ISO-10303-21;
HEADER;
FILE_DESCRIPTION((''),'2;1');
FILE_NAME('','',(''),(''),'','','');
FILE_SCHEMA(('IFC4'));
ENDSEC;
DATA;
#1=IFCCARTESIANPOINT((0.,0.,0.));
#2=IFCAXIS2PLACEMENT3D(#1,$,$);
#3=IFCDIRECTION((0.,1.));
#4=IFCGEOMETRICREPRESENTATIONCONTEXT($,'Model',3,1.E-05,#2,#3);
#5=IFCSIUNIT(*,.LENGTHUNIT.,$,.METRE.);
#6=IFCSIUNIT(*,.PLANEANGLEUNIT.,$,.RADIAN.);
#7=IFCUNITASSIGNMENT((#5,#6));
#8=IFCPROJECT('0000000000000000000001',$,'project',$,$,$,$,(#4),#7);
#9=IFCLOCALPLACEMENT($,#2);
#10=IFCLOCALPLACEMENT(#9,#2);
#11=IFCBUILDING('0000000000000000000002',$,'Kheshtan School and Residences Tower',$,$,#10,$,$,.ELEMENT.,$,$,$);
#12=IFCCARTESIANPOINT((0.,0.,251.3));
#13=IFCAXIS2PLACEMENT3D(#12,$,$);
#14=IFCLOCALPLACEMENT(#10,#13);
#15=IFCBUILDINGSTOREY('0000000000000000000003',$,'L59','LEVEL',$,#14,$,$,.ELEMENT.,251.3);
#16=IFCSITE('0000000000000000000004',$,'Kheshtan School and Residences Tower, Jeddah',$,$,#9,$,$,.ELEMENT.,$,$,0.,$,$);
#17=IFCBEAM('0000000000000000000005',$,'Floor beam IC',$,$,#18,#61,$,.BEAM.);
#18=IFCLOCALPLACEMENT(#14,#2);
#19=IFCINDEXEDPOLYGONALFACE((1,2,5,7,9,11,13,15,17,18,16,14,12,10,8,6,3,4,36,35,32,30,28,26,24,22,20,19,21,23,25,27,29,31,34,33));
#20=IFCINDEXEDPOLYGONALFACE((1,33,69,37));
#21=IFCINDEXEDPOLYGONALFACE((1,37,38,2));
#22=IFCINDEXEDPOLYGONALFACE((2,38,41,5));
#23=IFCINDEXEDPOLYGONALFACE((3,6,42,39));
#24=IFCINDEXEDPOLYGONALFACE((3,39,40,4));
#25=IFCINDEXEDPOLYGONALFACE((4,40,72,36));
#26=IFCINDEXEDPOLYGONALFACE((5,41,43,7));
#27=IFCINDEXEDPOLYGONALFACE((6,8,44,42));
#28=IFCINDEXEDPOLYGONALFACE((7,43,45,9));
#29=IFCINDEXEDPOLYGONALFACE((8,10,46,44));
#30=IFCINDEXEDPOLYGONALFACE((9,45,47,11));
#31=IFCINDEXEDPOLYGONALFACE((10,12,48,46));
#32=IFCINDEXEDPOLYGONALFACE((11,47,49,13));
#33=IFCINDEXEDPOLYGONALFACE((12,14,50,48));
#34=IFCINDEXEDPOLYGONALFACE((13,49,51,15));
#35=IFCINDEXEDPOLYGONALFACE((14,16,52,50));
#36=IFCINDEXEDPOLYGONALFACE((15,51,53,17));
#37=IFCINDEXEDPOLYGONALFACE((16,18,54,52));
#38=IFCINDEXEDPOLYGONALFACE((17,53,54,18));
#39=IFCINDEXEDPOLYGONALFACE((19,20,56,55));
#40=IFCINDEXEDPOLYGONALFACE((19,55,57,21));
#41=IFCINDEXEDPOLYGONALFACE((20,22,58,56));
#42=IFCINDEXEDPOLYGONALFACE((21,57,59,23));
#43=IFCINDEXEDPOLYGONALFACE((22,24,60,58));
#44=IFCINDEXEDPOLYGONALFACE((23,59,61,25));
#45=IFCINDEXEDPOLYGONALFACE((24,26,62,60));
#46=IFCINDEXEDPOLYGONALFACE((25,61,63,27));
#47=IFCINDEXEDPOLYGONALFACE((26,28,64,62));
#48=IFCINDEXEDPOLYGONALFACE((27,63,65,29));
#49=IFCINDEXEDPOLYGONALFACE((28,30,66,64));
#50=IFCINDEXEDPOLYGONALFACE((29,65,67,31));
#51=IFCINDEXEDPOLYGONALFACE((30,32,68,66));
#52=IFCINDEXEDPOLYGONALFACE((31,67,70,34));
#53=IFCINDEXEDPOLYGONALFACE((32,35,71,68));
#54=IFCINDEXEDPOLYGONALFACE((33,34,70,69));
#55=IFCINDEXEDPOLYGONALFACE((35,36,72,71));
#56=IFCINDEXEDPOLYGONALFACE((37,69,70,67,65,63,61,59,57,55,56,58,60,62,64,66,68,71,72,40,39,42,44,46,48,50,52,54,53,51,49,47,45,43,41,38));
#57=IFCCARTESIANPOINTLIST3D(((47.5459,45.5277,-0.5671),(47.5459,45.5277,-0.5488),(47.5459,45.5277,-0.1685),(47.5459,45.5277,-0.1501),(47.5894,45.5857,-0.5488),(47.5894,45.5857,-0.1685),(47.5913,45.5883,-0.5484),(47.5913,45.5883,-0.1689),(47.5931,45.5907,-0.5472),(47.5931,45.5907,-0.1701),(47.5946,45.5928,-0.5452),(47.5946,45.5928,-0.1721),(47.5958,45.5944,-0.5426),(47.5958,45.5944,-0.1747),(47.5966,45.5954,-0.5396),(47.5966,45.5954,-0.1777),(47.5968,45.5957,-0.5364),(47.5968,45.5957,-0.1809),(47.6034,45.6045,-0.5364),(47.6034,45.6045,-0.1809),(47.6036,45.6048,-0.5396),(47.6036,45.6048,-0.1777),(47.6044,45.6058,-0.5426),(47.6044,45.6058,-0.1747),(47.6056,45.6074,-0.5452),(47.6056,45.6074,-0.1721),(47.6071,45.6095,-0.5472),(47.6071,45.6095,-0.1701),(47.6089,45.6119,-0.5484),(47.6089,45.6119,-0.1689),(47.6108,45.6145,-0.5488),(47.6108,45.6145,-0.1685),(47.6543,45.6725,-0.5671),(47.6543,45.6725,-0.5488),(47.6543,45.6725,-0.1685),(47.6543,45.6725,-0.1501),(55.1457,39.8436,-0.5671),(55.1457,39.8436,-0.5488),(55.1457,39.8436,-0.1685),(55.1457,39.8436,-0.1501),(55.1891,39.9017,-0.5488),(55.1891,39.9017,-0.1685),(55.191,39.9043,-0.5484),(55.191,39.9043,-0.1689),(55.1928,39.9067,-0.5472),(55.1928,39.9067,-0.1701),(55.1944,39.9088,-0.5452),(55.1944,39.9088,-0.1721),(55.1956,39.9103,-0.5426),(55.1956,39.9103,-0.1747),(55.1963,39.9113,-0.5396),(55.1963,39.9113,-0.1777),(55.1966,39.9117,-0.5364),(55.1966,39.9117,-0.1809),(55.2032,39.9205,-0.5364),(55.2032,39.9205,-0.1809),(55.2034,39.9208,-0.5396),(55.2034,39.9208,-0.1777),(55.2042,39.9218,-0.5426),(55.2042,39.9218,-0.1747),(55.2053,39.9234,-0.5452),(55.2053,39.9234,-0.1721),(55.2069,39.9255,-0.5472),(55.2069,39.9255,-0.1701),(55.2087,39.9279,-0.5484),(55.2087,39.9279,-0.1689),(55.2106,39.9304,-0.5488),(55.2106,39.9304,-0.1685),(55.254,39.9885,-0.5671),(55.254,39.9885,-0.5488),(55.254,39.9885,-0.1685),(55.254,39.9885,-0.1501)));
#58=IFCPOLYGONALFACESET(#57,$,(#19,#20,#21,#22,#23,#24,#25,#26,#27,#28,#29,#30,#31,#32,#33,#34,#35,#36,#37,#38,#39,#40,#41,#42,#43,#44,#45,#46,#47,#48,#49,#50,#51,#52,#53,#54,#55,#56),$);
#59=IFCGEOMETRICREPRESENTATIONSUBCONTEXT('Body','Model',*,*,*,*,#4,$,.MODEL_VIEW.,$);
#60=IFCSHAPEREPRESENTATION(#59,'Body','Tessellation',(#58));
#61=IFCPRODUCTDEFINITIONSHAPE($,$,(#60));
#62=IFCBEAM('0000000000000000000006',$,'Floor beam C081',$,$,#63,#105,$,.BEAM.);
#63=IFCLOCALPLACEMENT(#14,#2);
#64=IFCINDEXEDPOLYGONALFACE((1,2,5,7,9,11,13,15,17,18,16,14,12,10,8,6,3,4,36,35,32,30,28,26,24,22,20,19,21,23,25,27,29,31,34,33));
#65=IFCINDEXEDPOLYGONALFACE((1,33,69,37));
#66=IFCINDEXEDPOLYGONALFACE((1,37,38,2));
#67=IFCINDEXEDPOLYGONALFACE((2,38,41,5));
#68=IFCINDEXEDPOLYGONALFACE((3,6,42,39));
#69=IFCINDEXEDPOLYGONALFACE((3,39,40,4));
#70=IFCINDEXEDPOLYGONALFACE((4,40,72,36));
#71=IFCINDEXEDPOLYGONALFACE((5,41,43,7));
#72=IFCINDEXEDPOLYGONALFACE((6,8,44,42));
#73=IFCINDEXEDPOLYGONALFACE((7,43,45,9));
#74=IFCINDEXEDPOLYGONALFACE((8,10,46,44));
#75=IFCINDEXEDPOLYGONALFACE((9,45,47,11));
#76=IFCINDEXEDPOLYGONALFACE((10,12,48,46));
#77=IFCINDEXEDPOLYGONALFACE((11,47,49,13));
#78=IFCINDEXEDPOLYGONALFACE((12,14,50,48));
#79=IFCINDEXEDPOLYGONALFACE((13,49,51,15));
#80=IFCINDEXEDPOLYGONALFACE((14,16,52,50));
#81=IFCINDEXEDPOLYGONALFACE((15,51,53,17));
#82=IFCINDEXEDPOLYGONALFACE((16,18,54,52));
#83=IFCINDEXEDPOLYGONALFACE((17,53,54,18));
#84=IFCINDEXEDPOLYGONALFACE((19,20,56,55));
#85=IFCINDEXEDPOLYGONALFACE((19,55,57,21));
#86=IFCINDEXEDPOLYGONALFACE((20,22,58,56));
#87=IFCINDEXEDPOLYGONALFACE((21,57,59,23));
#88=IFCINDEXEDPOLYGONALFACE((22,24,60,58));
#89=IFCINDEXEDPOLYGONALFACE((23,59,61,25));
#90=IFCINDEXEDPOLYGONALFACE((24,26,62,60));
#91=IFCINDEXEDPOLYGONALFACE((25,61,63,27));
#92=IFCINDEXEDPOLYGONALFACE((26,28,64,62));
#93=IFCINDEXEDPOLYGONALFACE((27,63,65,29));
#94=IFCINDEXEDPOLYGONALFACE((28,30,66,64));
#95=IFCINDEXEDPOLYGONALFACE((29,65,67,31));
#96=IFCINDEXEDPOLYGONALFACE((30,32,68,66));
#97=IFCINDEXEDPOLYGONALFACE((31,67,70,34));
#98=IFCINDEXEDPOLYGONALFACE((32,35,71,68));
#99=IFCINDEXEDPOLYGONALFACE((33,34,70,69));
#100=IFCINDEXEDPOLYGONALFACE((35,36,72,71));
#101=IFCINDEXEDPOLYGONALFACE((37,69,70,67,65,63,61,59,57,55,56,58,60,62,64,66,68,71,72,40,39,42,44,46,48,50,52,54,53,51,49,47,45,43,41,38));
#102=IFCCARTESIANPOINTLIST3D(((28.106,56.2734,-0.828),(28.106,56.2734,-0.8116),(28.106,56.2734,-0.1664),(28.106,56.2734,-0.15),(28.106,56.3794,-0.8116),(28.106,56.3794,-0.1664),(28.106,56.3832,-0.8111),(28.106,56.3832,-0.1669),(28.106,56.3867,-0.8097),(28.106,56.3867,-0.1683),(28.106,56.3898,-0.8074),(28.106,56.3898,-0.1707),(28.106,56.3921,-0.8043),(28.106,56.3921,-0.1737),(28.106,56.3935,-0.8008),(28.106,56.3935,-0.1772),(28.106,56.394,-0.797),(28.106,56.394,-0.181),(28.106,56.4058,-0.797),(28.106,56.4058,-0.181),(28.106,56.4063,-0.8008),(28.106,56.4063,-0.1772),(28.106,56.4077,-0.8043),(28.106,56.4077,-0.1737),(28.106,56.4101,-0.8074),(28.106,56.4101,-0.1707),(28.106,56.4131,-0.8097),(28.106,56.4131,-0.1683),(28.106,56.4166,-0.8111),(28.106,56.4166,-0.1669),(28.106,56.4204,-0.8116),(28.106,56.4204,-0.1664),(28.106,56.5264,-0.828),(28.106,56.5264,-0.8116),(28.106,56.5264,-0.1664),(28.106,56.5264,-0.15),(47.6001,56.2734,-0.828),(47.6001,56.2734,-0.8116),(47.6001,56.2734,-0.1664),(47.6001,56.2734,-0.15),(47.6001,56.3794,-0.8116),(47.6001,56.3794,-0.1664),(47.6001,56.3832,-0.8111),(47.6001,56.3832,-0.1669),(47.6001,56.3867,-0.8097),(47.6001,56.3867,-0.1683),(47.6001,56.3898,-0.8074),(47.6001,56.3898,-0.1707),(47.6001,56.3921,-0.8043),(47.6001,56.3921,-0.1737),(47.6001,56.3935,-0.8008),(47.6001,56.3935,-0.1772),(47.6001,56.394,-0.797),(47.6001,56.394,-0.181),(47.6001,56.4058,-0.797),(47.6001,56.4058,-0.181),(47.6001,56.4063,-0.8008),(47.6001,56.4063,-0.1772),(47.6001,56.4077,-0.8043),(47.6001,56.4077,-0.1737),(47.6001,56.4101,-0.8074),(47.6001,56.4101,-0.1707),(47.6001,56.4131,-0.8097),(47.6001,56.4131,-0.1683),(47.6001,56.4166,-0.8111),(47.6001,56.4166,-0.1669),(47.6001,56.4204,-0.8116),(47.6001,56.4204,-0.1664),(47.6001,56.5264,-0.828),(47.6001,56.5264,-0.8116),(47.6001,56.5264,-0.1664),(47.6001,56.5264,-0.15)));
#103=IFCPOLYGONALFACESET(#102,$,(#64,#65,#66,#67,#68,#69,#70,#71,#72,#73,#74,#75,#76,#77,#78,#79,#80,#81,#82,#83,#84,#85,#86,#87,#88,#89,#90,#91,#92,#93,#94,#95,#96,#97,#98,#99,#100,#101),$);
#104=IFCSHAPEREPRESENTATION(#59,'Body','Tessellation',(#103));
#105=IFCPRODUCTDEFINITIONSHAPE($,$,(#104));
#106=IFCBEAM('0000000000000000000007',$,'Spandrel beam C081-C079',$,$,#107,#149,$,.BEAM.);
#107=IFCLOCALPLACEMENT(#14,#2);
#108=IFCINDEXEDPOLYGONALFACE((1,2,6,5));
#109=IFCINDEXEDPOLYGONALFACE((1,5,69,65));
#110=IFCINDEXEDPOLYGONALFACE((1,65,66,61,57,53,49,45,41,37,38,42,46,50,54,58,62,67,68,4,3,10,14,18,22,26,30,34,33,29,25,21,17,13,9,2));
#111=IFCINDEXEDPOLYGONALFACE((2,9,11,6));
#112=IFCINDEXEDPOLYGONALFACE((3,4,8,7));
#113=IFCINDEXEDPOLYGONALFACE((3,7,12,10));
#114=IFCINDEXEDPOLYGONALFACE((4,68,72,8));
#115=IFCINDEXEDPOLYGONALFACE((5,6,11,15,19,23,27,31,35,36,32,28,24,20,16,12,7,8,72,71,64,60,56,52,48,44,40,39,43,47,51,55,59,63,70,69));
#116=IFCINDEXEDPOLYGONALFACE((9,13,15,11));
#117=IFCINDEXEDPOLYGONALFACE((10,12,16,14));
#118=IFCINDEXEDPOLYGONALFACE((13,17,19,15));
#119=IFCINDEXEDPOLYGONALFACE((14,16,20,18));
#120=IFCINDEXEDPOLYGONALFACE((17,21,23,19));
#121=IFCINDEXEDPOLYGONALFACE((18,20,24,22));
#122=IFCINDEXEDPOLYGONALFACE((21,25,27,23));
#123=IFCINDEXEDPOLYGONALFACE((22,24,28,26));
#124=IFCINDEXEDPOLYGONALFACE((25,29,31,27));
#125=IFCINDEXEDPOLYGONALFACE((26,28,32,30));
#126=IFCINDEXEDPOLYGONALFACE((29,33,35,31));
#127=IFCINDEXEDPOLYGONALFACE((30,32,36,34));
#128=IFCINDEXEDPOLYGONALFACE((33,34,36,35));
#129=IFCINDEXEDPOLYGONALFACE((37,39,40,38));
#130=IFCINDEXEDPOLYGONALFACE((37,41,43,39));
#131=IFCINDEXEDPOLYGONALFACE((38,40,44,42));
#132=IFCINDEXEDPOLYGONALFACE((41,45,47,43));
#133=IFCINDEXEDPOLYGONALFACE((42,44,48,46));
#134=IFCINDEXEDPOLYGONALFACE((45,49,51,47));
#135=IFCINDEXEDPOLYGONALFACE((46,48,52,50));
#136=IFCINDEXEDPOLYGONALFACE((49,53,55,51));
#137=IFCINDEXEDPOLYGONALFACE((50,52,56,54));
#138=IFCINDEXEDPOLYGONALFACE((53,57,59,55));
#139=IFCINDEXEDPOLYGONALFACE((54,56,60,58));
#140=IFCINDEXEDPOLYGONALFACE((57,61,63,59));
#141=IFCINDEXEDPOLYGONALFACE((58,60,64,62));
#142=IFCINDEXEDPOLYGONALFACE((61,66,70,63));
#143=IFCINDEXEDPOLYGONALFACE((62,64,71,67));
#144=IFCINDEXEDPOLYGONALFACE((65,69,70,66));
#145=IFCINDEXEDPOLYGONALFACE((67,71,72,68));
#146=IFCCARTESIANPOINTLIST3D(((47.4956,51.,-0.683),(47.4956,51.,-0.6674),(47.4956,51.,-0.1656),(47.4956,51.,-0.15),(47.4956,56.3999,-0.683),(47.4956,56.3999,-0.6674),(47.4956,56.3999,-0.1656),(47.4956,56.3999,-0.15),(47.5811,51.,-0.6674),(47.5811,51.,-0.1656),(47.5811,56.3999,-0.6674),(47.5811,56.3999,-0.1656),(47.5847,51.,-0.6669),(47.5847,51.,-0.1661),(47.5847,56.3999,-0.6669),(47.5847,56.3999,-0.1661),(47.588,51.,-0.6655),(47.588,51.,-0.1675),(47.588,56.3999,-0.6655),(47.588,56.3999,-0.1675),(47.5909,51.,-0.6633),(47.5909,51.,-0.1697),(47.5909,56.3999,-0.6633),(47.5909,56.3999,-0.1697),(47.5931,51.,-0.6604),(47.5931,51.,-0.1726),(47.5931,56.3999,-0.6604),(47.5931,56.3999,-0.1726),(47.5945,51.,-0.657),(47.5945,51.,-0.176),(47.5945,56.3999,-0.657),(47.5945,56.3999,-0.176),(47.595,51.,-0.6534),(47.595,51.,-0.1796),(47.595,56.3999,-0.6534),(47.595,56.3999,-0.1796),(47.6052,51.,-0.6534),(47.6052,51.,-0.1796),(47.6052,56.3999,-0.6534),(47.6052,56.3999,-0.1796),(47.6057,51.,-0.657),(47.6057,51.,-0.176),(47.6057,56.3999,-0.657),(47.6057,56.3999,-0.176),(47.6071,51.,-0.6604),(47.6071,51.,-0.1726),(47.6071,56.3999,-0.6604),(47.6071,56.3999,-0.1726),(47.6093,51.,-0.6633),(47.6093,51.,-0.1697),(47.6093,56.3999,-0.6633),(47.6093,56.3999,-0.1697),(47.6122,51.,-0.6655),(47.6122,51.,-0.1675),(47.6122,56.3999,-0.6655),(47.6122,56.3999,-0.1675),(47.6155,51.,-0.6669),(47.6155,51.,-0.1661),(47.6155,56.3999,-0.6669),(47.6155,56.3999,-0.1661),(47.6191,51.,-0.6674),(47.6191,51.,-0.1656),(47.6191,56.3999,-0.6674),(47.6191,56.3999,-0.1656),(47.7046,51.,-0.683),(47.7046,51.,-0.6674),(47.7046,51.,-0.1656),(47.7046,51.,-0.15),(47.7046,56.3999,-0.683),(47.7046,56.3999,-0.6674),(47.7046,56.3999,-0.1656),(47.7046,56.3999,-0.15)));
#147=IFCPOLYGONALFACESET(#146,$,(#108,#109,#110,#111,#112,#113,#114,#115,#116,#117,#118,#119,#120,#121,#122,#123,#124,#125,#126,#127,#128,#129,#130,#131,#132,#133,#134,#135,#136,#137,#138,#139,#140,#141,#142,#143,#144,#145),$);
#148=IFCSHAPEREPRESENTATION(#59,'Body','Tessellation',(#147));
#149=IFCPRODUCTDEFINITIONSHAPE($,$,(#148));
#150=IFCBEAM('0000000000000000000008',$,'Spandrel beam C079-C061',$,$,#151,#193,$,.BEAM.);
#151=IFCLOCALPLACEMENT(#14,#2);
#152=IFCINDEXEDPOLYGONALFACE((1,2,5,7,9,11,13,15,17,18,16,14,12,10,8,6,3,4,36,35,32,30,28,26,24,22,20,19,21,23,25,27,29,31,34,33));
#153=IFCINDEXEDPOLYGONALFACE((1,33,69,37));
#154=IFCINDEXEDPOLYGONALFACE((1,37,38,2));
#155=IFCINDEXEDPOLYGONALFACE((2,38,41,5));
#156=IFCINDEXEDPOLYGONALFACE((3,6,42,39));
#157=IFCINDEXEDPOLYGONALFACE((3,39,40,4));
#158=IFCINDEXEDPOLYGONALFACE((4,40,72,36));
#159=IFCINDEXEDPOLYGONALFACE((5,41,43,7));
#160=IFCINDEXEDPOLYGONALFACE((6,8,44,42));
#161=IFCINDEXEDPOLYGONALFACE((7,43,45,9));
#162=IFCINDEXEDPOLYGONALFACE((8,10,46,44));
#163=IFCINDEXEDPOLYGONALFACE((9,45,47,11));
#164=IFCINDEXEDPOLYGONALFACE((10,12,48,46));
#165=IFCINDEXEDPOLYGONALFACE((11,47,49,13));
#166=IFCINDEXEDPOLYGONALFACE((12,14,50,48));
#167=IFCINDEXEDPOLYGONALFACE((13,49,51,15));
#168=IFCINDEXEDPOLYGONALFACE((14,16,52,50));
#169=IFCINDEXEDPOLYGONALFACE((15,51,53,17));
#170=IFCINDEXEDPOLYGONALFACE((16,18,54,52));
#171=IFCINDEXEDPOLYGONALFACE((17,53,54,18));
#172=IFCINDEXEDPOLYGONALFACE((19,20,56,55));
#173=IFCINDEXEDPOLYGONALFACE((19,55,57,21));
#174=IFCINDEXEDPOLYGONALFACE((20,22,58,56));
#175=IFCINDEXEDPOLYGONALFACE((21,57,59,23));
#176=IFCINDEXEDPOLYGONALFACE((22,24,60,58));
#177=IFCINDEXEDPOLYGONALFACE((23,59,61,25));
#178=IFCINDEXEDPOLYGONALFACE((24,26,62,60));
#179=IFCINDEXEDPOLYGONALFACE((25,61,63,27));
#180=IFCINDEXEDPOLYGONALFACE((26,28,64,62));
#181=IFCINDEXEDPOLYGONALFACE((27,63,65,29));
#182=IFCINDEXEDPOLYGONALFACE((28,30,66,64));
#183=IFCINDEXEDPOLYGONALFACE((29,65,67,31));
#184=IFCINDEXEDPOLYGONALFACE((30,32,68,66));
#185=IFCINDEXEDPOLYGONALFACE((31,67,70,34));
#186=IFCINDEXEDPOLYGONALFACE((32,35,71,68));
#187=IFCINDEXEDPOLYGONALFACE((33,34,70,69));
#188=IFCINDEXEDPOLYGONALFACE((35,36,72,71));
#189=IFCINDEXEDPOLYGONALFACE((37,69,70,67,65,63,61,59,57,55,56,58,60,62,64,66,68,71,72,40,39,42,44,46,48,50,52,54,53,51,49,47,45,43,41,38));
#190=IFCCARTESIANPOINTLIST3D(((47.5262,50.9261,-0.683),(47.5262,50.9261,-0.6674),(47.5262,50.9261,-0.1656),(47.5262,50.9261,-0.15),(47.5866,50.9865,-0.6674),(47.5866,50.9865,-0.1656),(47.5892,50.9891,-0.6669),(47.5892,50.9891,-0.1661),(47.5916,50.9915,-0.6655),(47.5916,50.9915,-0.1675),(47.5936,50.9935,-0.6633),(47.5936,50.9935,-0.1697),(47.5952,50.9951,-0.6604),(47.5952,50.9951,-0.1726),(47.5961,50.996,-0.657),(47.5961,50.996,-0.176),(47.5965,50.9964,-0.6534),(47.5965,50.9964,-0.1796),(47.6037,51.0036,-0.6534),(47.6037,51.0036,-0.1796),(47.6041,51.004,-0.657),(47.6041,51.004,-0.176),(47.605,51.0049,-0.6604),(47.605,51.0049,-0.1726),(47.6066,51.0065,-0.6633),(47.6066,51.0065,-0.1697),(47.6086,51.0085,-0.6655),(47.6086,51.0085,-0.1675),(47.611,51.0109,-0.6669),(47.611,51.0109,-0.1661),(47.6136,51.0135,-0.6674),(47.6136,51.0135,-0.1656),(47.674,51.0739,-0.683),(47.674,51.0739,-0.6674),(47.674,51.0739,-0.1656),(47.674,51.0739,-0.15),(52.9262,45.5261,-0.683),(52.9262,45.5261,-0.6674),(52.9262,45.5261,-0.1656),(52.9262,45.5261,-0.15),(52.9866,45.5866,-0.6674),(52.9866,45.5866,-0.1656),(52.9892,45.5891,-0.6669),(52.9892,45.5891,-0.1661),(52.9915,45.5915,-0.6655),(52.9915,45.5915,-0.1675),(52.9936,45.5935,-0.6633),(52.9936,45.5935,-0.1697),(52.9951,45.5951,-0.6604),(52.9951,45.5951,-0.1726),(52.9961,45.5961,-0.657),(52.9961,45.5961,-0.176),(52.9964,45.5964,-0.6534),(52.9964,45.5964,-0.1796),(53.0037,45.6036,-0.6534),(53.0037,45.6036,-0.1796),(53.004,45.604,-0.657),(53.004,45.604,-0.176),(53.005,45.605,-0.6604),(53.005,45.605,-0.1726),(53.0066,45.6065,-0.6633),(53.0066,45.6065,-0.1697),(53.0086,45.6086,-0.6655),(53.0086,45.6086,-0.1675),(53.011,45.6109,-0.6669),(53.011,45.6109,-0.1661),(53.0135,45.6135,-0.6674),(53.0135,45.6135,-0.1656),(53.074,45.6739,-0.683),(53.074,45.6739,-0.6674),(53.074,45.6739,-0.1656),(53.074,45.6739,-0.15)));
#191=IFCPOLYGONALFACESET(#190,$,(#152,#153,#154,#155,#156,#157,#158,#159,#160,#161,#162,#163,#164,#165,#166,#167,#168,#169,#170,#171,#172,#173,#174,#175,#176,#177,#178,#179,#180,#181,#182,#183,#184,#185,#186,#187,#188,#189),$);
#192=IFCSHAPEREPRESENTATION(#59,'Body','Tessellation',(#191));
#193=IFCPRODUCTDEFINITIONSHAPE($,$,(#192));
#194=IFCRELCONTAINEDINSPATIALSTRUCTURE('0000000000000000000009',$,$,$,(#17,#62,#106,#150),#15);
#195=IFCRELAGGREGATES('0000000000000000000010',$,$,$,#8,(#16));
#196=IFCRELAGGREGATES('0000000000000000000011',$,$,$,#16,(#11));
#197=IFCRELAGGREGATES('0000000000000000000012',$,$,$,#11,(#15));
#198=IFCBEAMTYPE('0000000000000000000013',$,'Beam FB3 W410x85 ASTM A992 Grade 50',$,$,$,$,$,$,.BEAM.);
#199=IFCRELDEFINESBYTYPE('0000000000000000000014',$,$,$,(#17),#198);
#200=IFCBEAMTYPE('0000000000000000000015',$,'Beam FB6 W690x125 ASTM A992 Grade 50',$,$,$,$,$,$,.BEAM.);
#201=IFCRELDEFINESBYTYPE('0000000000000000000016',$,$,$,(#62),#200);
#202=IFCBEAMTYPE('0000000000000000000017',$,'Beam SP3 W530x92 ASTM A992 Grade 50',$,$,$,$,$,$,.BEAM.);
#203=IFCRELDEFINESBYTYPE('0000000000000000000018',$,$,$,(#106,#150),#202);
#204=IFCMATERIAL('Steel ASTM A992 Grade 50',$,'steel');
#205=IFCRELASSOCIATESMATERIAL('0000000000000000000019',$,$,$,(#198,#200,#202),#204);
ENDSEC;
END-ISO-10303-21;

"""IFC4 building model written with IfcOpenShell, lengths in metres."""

from ifc_helpers import new_model, si_unit, direction, frame, origin, origin_2d, place, context, subcontext, project, spatial, i_section, extrude, material, material_profile, profile_set, type_object, element, save


model = new_model("IFC4")

# Units and contexts
model_context = context("Model", 3, precision=1e-05, world=origin(), true_north=direction((0.0, 1.0)))
body_context = subcontext(model_context, "Body", "Model", "MODEL_VIEW")
ifc_project = project(units=[si_unit("LENGTHUNIT", "METRE"), si_unit("PLANEANGLEUNIT", "RADIAN")], contexts=[model_context])

# Site, building, storey
site_placement = place(None, origin())
site = spatial("IfcSite", under=ifc_project, at=site_placement, Name="Kheshtan School and Residences Tower, Jeddah", CompositionType="ELEMENT", RefElevation=0.0)
building_placement = place(site_placement, origin())
building = spatial("IfcBuilding", under=site, at=building_placement, Name="Kheshtan School and Residences Tower", CompositionType="ELEMENT")
storey_placement = place(building_placement, frame((0.0, 0.0, 251.3)))
storey = spatial("IfcBuildingStorey", under=building, at=storey_placement, Name="L59", Description="LEVEL", CompositionType="ELEMENT", Elevation=251.3)

# Shared definitions
ifc_material_1 = material(Name="Steel ASTM A992 Grade 50", Category="steel")

# Beams
ifc_material_profile_1 = material_profile(ifc_material_1, i_section(OverallWidth=0.1809, OverallDepth=0.417, WebThickness=0.011, FlangeThickness=0.0183, FilletRadius=0.0125, at=origin_2d()), Name="W410x85")
ifc_profile_set_1 = profile_set([ifc_material_profile_1], Name="Steel ASTM A992 Grade 50")
beam_type_1 = type_object("IfcBeamType", Name="Beam FB3 W410x85 ASTM A992 Grade 50", PredefinedType="BEAM", material=ifc_profile_set_1)
beam_1_placement = place(storey_placement, frame((47.6001, 45.6001, -0.3586), z_axis=(0.800799, -0.598933, 0.0), x_axis=(0.598933, 0.800799, 0.0)))
element("IfcBeam", 1, at=beam_1_placement, inside=storey, type_object=beam_type_1, Name="Floor beam IC", PredefinedType="BEAM", context=body_context, shape_type="SweptSolid", body=[
    extrude(i_section(OverallWidth=0.1809, OverallDepth=0.417, WebThickness=0.011, FlangeThickness=0.0183, FilletRadius=0.0125, at=origin_2d()), origin(), (0.0, 0.0, 1.0), 9.4902),
])
ifc_material_profile_2 = material_profile(ifc_material_1, i_section(OverallWidth=0.2529, OverallDepth=0.678, WebThickness=0.0117, FlangeThickness=0.0164, FilletRadius=0.0146, at=origin_2d()), Name="W690x125")
ifc_profile_set_2 = profile_set([ifc_material_profile_2], Name="Steel ASTM A992 Grade 50")
beam_type_2 = type_object("IfcBeamType", Name="Beam FB6 W690x125 ASTM A992 Grade 50", PredefinedType="BEAM", material=ifc_profile_set_2)
beam_2_placement = place(storey_placement, frame((47.6001, 56.3999, -0.489), z_axis=(-1.0, 0.0, 0.0), x_axis=(0.0, -1.0, 0.0)))
element("IfcBeam", 2, at=beam_2_placement, inside=storey, type_object=beam_type_2, Name="Floor beam C081", PredefinedType="BEAM", context=body_context, shape_type="SweptSolid", body=[
    extrude(i_section(OverallWidth=0.2529, OverallDepth=0.678, WebThickness=0.0117, FlangeThickness=0.0164, FilletRadius=0.0146, at=origin_2d()), origin(), (0.0, 0.0, 1.0), 19.4941),
])
ifc_material_profile_3 = material_profile(ifc_material_1, i_section(OverallWidth=0.209, OverallDepth=0.533, WebThickness=0.0103, FlangeThickness=0.0156, FilletRadius=0.0139, at=origin_2d()), Name="W530x92")
ifc_profile_set_3 = profile_set([ifc_material_profile_3], Name="Steel ASTM A992 Grade 50")
beam_type_3 = type_object("IfcBeamType", Name="Beam SP3 W530x92 ASTM A992 Grade 50", PredefinedType="BEAM", material=ifc_profile_set_3)
beam_3_placement = place(storey_placement, frame((47.6001, 56.3999, -0.4165), z_axis=(0.0, -1.0, 0.0), x_axis=(1.0, 0.0, 0.0)))
element("IfcBeam", 3, at=beam_3_placement, inside=storey, type_object=beam_type_3, Name="Spandrel beam C081-C079", PredefinedType="BEAM", context=body_context, shape_type="SweptSolid", body=[
    extrude(i_section(OverallWidth=0.209, OverallDepth=0.533, WebThickness=0.0103, FlangeThickness=0.0156, FilletRadius=0.0139, at=origin_2d()), origin(), (0.0, 0.0, 1.0), 5.3999),
])
beam_4_placement = place(storey_placement, frame((47.6001, 51.0, -0.4165), z_axis=(0.707107, -0.707107, 0.0), x_axis=(0.707107, 0.707107, 0.0)))
element("IfcBeam", 4, at=beam_4_placement, inside=storey, type_object=beam_type_3, Name="Spandrel beam C079-C061", PredefinedType="BEAM", context=body_context, shape_type="SweptSolid", body=[
    extrude(i_section(OverallWidth=0.209, OverallDepth=0.533, WebThickness=0.0103, FlangeThickness=0.0156, FilletRadius=0.0139, at=origin_2d()), origin(), (0.0, 0.0, 1.0), 7.6367),
])

save(model, "model.ifc")
